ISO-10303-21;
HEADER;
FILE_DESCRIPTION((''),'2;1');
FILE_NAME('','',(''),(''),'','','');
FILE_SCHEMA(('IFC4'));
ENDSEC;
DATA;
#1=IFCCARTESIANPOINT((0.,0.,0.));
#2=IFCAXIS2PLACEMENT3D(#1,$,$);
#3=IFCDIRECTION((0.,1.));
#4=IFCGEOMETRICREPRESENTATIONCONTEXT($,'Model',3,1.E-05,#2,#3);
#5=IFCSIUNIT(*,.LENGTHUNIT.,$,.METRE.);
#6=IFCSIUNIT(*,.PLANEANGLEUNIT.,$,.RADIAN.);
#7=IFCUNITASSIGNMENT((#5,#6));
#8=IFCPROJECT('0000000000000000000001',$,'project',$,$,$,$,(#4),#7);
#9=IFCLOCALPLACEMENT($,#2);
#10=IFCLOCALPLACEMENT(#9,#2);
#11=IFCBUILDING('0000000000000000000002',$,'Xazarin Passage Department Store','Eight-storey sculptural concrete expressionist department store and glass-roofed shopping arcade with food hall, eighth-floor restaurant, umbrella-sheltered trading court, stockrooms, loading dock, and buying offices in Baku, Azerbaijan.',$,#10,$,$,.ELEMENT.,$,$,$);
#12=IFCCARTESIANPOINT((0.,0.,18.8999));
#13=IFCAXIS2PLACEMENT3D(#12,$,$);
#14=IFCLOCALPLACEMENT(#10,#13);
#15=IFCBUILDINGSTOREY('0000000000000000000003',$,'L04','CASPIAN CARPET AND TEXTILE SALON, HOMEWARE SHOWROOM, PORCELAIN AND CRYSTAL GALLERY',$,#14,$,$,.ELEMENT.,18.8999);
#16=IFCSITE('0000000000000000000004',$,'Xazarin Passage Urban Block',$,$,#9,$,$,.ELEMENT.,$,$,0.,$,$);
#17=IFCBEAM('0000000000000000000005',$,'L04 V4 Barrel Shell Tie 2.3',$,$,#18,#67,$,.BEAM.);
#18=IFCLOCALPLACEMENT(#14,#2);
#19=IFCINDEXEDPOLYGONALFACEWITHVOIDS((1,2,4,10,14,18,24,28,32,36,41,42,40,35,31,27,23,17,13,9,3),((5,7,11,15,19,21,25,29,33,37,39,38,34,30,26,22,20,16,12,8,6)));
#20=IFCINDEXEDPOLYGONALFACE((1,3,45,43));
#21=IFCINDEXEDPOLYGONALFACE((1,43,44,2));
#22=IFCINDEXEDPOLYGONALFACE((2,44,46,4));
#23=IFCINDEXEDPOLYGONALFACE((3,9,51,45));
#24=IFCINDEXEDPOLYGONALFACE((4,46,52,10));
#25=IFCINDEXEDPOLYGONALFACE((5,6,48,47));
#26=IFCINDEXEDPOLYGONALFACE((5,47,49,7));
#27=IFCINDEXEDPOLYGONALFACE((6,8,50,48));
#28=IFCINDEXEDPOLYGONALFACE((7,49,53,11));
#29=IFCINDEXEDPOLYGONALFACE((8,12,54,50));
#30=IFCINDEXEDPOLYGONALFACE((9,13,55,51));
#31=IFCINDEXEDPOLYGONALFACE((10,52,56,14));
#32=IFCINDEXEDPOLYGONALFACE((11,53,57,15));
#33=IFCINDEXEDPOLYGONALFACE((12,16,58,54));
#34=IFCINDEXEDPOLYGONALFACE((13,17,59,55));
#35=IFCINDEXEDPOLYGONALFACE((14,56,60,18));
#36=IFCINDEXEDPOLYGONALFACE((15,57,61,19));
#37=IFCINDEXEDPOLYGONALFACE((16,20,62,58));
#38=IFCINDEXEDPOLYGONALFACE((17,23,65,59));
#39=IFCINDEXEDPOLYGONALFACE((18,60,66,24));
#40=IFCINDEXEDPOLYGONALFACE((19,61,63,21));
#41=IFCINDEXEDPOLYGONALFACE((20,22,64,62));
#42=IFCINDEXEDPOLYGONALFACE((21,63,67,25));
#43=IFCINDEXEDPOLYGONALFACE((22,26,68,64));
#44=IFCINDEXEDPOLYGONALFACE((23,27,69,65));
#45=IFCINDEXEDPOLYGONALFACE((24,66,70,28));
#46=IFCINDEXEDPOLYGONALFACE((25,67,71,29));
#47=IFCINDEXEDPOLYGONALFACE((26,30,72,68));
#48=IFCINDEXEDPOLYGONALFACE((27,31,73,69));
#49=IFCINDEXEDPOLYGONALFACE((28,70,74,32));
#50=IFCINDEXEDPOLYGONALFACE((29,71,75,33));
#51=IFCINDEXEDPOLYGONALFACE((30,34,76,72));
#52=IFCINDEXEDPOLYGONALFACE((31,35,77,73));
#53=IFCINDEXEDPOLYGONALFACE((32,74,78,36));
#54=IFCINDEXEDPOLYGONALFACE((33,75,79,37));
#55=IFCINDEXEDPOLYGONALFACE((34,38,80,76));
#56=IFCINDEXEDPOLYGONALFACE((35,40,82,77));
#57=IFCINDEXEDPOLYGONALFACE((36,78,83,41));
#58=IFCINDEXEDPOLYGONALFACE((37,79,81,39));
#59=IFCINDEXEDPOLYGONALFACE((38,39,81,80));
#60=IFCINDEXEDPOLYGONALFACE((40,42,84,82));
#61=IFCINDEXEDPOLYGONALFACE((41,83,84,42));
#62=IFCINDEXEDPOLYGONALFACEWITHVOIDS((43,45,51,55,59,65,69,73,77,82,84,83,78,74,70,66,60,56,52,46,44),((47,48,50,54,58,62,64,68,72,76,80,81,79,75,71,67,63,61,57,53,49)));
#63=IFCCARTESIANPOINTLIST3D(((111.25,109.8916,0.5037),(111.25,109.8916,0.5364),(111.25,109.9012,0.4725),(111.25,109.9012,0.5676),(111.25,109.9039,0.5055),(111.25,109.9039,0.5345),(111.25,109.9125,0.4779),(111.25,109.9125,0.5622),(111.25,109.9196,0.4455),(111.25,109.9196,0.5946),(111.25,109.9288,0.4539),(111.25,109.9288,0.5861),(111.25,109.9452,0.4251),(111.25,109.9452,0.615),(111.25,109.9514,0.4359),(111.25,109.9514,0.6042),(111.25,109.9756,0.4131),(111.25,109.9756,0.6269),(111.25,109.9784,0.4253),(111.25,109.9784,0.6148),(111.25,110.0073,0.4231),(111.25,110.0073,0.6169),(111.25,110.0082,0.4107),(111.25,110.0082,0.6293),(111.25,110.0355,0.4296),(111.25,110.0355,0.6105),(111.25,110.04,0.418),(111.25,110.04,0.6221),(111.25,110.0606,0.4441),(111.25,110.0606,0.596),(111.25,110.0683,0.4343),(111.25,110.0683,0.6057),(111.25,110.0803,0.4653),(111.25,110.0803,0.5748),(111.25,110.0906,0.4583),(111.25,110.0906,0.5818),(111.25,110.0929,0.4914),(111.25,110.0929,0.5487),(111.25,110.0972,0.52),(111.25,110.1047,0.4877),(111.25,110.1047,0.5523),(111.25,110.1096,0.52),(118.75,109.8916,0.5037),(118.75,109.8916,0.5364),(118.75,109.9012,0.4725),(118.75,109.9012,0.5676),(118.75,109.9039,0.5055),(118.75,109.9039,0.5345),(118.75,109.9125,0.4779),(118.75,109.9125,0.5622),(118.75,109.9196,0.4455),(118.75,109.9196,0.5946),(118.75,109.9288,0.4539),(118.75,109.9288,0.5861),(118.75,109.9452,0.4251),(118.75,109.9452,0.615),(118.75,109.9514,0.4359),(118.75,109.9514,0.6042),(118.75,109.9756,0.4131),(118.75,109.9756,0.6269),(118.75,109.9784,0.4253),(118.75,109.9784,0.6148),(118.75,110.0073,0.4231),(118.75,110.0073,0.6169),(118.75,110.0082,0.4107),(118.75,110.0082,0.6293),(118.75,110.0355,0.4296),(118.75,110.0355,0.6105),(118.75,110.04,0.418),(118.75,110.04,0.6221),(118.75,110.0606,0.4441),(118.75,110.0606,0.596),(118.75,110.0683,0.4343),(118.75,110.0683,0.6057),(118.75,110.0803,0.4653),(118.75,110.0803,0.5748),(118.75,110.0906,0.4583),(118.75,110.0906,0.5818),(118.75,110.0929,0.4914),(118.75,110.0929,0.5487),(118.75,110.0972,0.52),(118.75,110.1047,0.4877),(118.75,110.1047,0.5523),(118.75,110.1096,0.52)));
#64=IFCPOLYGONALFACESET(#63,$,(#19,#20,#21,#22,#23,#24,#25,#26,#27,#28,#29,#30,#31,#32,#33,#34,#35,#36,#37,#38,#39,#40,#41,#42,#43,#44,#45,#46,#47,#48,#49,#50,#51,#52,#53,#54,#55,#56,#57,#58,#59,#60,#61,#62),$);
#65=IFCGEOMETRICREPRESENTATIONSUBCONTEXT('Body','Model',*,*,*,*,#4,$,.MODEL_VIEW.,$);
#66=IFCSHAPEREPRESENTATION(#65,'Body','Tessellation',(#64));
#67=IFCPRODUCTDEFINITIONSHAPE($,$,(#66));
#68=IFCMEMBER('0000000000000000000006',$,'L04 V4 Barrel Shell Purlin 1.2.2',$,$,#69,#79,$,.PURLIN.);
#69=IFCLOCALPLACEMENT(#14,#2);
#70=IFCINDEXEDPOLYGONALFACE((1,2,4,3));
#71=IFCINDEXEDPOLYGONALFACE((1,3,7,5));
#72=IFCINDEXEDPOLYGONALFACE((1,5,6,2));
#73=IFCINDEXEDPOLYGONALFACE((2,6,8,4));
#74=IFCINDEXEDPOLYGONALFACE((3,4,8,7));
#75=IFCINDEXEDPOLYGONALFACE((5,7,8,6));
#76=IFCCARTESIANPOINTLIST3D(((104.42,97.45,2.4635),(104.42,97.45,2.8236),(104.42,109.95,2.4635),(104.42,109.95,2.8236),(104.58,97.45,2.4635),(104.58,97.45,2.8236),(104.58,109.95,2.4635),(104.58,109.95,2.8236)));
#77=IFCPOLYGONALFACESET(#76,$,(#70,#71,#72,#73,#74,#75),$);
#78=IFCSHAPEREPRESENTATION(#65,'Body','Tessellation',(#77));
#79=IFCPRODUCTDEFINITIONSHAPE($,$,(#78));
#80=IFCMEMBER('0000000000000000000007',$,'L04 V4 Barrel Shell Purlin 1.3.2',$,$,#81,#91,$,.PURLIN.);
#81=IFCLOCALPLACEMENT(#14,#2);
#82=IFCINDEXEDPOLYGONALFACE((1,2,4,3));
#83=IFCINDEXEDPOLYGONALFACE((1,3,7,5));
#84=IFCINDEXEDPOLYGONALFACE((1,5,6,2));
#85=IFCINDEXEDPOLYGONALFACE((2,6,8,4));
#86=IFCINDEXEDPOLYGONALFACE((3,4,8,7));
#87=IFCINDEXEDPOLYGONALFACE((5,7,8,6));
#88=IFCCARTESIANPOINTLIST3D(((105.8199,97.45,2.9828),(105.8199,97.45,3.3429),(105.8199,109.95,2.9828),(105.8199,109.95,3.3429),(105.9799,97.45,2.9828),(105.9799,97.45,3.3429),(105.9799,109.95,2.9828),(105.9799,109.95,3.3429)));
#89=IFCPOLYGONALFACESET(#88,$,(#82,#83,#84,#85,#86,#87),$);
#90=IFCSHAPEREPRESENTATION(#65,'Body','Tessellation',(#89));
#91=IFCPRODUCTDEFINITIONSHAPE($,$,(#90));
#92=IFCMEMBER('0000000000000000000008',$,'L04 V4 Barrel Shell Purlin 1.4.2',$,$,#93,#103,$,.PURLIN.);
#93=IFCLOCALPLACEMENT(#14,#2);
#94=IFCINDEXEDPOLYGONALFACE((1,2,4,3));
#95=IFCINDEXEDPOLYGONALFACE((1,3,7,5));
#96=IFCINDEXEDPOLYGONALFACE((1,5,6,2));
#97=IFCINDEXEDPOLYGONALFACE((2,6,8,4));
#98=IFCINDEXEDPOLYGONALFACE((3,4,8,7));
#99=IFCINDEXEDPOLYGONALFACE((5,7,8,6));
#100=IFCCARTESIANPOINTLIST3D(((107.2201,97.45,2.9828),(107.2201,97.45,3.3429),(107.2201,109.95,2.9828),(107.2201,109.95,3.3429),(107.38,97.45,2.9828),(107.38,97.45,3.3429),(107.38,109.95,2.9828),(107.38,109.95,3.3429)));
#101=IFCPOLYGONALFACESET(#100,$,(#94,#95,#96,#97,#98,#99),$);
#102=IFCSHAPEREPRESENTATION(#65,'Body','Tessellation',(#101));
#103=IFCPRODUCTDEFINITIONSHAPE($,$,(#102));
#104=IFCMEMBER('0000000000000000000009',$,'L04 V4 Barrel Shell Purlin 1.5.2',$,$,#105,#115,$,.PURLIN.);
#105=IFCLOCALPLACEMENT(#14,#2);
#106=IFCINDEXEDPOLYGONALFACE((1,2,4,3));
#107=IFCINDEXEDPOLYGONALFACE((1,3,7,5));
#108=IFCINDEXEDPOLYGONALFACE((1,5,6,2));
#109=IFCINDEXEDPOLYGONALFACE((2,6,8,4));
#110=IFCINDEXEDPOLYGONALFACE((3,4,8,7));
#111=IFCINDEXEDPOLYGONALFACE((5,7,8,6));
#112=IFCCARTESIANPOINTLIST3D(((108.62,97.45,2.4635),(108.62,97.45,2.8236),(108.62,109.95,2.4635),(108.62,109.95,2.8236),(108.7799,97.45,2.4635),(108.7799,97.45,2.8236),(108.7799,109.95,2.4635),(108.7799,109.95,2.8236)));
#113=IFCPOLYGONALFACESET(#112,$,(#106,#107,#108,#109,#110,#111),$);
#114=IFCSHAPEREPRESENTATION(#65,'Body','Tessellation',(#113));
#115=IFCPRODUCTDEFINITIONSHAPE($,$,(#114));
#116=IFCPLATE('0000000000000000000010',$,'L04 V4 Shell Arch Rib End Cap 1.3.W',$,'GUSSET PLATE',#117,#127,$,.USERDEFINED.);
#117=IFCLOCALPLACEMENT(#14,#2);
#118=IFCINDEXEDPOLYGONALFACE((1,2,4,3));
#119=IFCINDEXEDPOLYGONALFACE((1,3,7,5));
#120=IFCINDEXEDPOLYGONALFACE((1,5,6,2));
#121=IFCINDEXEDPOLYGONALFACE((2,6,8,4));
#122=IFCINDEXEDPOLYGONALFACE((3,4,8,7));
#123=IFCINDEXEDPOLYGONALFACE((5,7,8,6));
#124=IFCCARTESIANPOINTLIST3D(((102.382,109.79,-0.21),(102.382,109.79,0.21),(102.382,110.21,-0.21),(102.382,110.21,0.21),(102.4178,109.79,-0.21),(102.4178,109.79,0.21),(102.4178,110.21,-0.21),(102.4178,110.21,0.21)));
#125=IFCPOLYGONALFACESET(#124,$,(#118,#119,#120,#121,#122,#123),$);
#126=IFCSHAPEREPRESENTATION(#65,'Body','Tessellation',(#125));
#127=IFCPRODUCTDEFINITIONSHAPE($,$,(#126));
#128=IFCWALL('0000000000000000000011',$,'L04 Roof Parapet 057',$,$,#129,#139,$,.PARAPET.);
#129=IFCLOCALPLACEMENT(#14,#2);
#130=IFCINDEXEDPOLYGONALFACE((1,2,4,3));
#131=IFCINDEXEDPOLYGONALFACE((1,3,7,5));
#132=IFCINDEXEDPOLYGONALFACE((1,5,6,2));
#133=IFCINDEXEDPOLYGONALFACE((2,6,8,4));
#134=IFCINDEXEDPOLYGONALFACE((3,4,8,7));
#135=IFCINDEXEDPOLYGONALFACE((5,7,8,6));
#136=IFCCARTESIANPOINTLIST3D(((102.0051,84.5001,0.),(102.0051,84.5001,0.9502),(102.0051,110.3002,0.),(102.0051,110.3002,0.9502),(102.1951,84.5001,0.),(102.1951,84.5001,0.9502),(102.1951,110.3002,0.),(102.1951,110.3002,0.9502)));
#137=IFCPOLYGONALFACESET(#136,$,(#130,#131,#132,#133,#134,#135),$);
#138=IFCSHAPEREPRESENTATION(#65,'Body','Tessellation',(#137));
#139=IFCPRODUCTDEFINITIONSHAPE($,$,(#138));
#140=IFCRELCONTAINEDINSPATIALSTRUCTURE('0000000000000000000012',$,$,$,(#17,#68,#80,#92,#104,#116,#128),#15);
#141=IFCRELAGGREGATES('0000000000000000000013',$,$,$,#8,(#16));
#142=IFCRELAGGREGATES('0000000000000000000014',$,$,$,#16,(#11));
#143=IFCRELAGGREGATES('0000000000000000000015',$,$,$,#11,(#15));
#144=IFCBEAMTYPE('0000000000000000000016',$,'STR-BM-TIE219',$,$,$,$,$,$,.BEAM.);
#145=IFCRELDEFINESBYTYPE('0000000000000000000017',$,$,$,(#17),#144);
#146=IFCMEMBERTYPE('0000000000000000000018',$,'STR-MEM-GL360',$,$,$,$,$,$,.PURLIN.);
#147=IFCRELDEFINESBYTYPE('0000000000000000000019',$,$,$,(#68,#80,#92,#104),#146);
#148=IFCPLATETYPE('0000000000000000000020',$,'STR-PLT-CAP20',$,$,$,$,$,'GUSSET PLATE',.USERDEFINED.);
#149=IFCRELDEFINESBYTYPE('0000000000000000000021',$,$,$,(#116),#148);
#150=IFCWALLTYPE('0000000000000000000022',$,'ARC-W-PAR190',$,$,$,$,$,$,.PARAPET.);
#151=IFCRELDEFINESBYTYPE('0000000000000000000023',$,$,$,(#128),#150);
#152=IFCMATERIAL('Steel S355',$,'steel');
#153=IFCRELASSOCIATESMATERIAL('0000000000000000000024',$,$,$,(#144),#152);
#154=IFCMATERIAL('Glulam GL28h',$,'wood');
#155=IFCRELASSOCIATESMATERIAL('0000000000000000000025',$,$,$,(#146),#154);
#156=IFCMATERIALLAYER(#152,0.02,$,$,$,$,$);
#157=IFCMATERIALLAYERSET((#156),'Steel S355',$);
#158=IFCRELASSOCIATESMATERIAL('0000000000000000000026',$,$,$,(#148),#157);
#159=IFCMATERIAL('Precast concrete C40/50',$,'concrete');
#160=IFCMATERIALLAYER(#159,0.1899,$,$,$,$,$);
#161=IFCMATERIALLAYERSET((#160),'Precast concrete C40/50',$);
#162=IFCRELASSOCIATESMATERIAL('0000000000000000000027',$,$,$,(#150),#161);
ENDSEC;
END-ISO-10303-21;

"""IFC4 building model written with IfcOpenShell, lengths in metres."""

from ifc_helpers import new_model, si_unit, direction, frame, frame_2d, origin, origin_2d, place, context, subcontext, project, spatial, rectangle, hollow_circle, extrude, material, layer, layer_set, material_profile, profile_set, type_object, element, save


model = new_model("IFC4")

# Units and contexts
model_context = context("Model", 3, precision=1e-05, world=origin(), true_north=direction((0.0, 1.0)))
body_context = subcontext(model_context, "Body", "Model", "MODEL_VIEW")
ifc_project = project(units=[si_unit("LENGTHUNIT", "METRE"), si_unit("PLANEANGLEUNIT", "RADIAN")], contexts=[model_context])

# Site, building, storey
site_placement = place(None, origin())
site = spatial("IfcSite", under=ifc_project, at=site_placement, Name="Xazarin Passage Urban Block", CompositionType="ELEMENT", RefElevation=0.0)
building_placement = place(site_placement, origin())
building = spatial("IfcBuilding", under=site, at=building_placement, Name="Xazarin Passage Department Store", Description="Eight-storey sculptural concrete expressionist department store and glass-roofed shopping arcade with food hall, eighth-floor restaurant, umbrella-sheltered trading court, stockrooms, loading dock, and buying offices in Baku, Azerbaijan.", CompositionType="ELEMENT")
storey_placement = place(building_placement, frame((0.0, 0.0, 18.8999)))
storey = spatial("IfcBuildingStorey", under=building, at=storey_placement, Name="L04", Description="CASPIAN CARPET AND TEXTILE SALON, HOMEWARE SHOWROOM, PORCELAIN AND CRYSTAL GALLERY", CompositionType="ELEMENT", Elevation=18.8999)

# Beam
ifc_material_1 = material(Name="Steel S355", Category="steel")
ifc_material_profile_1 = material_profile(ifc_material_1, hollow_circle(Radius=0.1096, WallThickness=0.0125, at=origin_2d()), Name="CHS 219.1x12.5")
ifc_profile_set_1 = profile_set([ifc_material_profile_1], Name="Steel S355")
beam_type_1 = type_object("IfcBeamType", Name="STR-BM-TIE219", PredefinedType="BEAM", material=ifc_profile_set_1)
for number, where, z_axis, x_axis, name in (
    (1, (111.25, 110.0, 0.52), (1.0, 0.0, 0.0), (0.0, 1.0, 0.0), "L04 V4 Barrel Shell Tie 2.3"),
):
    element("IfcBeam", number, at=place(storey_placement, frame(where, z_axis=z_axis, x_axis=x_axis)), inside=storey, type_object=beam_type_1, Name=name, PredefinedType="BEAM", context=body_context, shape_type="SweptSolid", body=[
        extrude(hollow_circle(Radius=0.1096, WallThickness=0.0125, at=origin_2d()), origin(), (0.0, 0.0, 1.0), 7.5),
    ])

# Members
ifc_material_2 = material(Name="Glulam GL28h", Category="wood")
ifc_material_profile_2 = material_profile(ifc_material_2, rectangle(XDim=0.1599, YDim=0.3601, at=origin_2d()), Name="GL28h 160x360")
ifc_profile_set_2 = profile_set([ifc_material_profile_2], Name="Glulam GL28h")
member_type = type_object("IfcMemberType", Name="STR-MEM-GL360", PredefinedType="PURLIN", material=ifc_profile_set_2)
for number, where, z_axis, x_axis, name in (
    (2, (104.5, 97.45, 2.6436), (0.0, 1.0, 0.0), (-1.0, 0.0, 0.0), "L04 V4 Barrel Shell Purlin 1.2.2"),
    (3, (105.8999, 97.45, 3.1628), (0.0, 1.0, 0.0), (-1.0, 0.0, 0.0), "L04 V4 Barrel Shell Purlin 1.3.2"),
    (4, (107.3, 97.45, 3.1628), (0.0, 1.0, 0.0), (-1.0, 0.0, 0.0), "L04 V4 Barrel Shell Purlin 1.4.2"),
    (5, (108.7, 97.45, 2.6436), (0.0, 1.0, 0.0), (-1.0, 0.0, 0.0), "L04 V4 Barrel Shell Purlin 1.5.2"),
):
    element("IfcMember", number, at=place(storey_placement, frame(where, z_axis=z_axis, x_axis=x_axis)), inside=storey, type_object=member_type, Name=name, PredefinedType="PURLIN", context=body_context, shape_type="SweptSolid", body=[
        extrude(rectangle(XDim=0.1599, YDim=0.3601, at=origin_2d()), origin(), (0.0, 0.0, 1.0), 12.5),
    ])

# Plate
ifc_layer_1 = layer(ifc_material_1, 0.02)
ifc_layer_set_1 = layer_set([ifc_layer_1], Name="Steel S355")
plate_type = type_object("IfcPlateType", Name="STR-PLT-CAP20", ElementType="GUSSET PLATE", PredefinedType="USERDEFINED", material=ifc_layer_set_1)
plate_placement = place(storey_placement, frame((102.3999, 110.0, -0.21), z_axis=(0.0, 0.0, 1.0), x_axis=(1.0, 0.0, 0.0)))
element("IfcPlate", 6, at=plate_placement, inside=storey, type_object=plate_type, Name="L04 V4 Shell Arch Rib End Cap 1.3.W", ObjectType="GUSSET PLATE", PredefinedType="USERDEFINED", context=body_context, shape_type="SweptSolid", body=[
    extrude(rectangle(XDim=0.0359, YDim=0.4199, at=origin_2d()), origin(), (0.0, 0.0, 1.0), 0.4199),
])

# Wall
ifc_material_3 = material(Name="Precast concrete C40/50", Category="concrete")
ifc_layer_2 = layer(ifc_material_3, 0.1899)
ifc_layer_set_2 = layer_set([ifc_layer_2], Name="Precast concrete C40/50")
wall_type = type_object("IfcWallType", Name="ARC-W-PAR190", PredefinedType="PARAPET", material=ifc_layer_set_2)
wall_placement = place(storey_placement, frame((102.1001, 110.3, 0.0), z_axis=(0.0, 0.0, 1.0), x_axis=(0.0, -1.0, 0.0)))
element("IfcWall", 7, at=wall_placement, inside=storey, type_object=wall_type, Name="L04 Roof Parapet 057", PredefinedType="PARAPET", context=body_context, shape_type="SweptSolid", body=[
    extrude(rectangle(XDim=25.8, YDim=0.1899, at=frame_2d((12.8999, 0.0))), origin(), (0.0, 0.0, 1.0), 0.9502),
])

save(model, "model.ifc")
